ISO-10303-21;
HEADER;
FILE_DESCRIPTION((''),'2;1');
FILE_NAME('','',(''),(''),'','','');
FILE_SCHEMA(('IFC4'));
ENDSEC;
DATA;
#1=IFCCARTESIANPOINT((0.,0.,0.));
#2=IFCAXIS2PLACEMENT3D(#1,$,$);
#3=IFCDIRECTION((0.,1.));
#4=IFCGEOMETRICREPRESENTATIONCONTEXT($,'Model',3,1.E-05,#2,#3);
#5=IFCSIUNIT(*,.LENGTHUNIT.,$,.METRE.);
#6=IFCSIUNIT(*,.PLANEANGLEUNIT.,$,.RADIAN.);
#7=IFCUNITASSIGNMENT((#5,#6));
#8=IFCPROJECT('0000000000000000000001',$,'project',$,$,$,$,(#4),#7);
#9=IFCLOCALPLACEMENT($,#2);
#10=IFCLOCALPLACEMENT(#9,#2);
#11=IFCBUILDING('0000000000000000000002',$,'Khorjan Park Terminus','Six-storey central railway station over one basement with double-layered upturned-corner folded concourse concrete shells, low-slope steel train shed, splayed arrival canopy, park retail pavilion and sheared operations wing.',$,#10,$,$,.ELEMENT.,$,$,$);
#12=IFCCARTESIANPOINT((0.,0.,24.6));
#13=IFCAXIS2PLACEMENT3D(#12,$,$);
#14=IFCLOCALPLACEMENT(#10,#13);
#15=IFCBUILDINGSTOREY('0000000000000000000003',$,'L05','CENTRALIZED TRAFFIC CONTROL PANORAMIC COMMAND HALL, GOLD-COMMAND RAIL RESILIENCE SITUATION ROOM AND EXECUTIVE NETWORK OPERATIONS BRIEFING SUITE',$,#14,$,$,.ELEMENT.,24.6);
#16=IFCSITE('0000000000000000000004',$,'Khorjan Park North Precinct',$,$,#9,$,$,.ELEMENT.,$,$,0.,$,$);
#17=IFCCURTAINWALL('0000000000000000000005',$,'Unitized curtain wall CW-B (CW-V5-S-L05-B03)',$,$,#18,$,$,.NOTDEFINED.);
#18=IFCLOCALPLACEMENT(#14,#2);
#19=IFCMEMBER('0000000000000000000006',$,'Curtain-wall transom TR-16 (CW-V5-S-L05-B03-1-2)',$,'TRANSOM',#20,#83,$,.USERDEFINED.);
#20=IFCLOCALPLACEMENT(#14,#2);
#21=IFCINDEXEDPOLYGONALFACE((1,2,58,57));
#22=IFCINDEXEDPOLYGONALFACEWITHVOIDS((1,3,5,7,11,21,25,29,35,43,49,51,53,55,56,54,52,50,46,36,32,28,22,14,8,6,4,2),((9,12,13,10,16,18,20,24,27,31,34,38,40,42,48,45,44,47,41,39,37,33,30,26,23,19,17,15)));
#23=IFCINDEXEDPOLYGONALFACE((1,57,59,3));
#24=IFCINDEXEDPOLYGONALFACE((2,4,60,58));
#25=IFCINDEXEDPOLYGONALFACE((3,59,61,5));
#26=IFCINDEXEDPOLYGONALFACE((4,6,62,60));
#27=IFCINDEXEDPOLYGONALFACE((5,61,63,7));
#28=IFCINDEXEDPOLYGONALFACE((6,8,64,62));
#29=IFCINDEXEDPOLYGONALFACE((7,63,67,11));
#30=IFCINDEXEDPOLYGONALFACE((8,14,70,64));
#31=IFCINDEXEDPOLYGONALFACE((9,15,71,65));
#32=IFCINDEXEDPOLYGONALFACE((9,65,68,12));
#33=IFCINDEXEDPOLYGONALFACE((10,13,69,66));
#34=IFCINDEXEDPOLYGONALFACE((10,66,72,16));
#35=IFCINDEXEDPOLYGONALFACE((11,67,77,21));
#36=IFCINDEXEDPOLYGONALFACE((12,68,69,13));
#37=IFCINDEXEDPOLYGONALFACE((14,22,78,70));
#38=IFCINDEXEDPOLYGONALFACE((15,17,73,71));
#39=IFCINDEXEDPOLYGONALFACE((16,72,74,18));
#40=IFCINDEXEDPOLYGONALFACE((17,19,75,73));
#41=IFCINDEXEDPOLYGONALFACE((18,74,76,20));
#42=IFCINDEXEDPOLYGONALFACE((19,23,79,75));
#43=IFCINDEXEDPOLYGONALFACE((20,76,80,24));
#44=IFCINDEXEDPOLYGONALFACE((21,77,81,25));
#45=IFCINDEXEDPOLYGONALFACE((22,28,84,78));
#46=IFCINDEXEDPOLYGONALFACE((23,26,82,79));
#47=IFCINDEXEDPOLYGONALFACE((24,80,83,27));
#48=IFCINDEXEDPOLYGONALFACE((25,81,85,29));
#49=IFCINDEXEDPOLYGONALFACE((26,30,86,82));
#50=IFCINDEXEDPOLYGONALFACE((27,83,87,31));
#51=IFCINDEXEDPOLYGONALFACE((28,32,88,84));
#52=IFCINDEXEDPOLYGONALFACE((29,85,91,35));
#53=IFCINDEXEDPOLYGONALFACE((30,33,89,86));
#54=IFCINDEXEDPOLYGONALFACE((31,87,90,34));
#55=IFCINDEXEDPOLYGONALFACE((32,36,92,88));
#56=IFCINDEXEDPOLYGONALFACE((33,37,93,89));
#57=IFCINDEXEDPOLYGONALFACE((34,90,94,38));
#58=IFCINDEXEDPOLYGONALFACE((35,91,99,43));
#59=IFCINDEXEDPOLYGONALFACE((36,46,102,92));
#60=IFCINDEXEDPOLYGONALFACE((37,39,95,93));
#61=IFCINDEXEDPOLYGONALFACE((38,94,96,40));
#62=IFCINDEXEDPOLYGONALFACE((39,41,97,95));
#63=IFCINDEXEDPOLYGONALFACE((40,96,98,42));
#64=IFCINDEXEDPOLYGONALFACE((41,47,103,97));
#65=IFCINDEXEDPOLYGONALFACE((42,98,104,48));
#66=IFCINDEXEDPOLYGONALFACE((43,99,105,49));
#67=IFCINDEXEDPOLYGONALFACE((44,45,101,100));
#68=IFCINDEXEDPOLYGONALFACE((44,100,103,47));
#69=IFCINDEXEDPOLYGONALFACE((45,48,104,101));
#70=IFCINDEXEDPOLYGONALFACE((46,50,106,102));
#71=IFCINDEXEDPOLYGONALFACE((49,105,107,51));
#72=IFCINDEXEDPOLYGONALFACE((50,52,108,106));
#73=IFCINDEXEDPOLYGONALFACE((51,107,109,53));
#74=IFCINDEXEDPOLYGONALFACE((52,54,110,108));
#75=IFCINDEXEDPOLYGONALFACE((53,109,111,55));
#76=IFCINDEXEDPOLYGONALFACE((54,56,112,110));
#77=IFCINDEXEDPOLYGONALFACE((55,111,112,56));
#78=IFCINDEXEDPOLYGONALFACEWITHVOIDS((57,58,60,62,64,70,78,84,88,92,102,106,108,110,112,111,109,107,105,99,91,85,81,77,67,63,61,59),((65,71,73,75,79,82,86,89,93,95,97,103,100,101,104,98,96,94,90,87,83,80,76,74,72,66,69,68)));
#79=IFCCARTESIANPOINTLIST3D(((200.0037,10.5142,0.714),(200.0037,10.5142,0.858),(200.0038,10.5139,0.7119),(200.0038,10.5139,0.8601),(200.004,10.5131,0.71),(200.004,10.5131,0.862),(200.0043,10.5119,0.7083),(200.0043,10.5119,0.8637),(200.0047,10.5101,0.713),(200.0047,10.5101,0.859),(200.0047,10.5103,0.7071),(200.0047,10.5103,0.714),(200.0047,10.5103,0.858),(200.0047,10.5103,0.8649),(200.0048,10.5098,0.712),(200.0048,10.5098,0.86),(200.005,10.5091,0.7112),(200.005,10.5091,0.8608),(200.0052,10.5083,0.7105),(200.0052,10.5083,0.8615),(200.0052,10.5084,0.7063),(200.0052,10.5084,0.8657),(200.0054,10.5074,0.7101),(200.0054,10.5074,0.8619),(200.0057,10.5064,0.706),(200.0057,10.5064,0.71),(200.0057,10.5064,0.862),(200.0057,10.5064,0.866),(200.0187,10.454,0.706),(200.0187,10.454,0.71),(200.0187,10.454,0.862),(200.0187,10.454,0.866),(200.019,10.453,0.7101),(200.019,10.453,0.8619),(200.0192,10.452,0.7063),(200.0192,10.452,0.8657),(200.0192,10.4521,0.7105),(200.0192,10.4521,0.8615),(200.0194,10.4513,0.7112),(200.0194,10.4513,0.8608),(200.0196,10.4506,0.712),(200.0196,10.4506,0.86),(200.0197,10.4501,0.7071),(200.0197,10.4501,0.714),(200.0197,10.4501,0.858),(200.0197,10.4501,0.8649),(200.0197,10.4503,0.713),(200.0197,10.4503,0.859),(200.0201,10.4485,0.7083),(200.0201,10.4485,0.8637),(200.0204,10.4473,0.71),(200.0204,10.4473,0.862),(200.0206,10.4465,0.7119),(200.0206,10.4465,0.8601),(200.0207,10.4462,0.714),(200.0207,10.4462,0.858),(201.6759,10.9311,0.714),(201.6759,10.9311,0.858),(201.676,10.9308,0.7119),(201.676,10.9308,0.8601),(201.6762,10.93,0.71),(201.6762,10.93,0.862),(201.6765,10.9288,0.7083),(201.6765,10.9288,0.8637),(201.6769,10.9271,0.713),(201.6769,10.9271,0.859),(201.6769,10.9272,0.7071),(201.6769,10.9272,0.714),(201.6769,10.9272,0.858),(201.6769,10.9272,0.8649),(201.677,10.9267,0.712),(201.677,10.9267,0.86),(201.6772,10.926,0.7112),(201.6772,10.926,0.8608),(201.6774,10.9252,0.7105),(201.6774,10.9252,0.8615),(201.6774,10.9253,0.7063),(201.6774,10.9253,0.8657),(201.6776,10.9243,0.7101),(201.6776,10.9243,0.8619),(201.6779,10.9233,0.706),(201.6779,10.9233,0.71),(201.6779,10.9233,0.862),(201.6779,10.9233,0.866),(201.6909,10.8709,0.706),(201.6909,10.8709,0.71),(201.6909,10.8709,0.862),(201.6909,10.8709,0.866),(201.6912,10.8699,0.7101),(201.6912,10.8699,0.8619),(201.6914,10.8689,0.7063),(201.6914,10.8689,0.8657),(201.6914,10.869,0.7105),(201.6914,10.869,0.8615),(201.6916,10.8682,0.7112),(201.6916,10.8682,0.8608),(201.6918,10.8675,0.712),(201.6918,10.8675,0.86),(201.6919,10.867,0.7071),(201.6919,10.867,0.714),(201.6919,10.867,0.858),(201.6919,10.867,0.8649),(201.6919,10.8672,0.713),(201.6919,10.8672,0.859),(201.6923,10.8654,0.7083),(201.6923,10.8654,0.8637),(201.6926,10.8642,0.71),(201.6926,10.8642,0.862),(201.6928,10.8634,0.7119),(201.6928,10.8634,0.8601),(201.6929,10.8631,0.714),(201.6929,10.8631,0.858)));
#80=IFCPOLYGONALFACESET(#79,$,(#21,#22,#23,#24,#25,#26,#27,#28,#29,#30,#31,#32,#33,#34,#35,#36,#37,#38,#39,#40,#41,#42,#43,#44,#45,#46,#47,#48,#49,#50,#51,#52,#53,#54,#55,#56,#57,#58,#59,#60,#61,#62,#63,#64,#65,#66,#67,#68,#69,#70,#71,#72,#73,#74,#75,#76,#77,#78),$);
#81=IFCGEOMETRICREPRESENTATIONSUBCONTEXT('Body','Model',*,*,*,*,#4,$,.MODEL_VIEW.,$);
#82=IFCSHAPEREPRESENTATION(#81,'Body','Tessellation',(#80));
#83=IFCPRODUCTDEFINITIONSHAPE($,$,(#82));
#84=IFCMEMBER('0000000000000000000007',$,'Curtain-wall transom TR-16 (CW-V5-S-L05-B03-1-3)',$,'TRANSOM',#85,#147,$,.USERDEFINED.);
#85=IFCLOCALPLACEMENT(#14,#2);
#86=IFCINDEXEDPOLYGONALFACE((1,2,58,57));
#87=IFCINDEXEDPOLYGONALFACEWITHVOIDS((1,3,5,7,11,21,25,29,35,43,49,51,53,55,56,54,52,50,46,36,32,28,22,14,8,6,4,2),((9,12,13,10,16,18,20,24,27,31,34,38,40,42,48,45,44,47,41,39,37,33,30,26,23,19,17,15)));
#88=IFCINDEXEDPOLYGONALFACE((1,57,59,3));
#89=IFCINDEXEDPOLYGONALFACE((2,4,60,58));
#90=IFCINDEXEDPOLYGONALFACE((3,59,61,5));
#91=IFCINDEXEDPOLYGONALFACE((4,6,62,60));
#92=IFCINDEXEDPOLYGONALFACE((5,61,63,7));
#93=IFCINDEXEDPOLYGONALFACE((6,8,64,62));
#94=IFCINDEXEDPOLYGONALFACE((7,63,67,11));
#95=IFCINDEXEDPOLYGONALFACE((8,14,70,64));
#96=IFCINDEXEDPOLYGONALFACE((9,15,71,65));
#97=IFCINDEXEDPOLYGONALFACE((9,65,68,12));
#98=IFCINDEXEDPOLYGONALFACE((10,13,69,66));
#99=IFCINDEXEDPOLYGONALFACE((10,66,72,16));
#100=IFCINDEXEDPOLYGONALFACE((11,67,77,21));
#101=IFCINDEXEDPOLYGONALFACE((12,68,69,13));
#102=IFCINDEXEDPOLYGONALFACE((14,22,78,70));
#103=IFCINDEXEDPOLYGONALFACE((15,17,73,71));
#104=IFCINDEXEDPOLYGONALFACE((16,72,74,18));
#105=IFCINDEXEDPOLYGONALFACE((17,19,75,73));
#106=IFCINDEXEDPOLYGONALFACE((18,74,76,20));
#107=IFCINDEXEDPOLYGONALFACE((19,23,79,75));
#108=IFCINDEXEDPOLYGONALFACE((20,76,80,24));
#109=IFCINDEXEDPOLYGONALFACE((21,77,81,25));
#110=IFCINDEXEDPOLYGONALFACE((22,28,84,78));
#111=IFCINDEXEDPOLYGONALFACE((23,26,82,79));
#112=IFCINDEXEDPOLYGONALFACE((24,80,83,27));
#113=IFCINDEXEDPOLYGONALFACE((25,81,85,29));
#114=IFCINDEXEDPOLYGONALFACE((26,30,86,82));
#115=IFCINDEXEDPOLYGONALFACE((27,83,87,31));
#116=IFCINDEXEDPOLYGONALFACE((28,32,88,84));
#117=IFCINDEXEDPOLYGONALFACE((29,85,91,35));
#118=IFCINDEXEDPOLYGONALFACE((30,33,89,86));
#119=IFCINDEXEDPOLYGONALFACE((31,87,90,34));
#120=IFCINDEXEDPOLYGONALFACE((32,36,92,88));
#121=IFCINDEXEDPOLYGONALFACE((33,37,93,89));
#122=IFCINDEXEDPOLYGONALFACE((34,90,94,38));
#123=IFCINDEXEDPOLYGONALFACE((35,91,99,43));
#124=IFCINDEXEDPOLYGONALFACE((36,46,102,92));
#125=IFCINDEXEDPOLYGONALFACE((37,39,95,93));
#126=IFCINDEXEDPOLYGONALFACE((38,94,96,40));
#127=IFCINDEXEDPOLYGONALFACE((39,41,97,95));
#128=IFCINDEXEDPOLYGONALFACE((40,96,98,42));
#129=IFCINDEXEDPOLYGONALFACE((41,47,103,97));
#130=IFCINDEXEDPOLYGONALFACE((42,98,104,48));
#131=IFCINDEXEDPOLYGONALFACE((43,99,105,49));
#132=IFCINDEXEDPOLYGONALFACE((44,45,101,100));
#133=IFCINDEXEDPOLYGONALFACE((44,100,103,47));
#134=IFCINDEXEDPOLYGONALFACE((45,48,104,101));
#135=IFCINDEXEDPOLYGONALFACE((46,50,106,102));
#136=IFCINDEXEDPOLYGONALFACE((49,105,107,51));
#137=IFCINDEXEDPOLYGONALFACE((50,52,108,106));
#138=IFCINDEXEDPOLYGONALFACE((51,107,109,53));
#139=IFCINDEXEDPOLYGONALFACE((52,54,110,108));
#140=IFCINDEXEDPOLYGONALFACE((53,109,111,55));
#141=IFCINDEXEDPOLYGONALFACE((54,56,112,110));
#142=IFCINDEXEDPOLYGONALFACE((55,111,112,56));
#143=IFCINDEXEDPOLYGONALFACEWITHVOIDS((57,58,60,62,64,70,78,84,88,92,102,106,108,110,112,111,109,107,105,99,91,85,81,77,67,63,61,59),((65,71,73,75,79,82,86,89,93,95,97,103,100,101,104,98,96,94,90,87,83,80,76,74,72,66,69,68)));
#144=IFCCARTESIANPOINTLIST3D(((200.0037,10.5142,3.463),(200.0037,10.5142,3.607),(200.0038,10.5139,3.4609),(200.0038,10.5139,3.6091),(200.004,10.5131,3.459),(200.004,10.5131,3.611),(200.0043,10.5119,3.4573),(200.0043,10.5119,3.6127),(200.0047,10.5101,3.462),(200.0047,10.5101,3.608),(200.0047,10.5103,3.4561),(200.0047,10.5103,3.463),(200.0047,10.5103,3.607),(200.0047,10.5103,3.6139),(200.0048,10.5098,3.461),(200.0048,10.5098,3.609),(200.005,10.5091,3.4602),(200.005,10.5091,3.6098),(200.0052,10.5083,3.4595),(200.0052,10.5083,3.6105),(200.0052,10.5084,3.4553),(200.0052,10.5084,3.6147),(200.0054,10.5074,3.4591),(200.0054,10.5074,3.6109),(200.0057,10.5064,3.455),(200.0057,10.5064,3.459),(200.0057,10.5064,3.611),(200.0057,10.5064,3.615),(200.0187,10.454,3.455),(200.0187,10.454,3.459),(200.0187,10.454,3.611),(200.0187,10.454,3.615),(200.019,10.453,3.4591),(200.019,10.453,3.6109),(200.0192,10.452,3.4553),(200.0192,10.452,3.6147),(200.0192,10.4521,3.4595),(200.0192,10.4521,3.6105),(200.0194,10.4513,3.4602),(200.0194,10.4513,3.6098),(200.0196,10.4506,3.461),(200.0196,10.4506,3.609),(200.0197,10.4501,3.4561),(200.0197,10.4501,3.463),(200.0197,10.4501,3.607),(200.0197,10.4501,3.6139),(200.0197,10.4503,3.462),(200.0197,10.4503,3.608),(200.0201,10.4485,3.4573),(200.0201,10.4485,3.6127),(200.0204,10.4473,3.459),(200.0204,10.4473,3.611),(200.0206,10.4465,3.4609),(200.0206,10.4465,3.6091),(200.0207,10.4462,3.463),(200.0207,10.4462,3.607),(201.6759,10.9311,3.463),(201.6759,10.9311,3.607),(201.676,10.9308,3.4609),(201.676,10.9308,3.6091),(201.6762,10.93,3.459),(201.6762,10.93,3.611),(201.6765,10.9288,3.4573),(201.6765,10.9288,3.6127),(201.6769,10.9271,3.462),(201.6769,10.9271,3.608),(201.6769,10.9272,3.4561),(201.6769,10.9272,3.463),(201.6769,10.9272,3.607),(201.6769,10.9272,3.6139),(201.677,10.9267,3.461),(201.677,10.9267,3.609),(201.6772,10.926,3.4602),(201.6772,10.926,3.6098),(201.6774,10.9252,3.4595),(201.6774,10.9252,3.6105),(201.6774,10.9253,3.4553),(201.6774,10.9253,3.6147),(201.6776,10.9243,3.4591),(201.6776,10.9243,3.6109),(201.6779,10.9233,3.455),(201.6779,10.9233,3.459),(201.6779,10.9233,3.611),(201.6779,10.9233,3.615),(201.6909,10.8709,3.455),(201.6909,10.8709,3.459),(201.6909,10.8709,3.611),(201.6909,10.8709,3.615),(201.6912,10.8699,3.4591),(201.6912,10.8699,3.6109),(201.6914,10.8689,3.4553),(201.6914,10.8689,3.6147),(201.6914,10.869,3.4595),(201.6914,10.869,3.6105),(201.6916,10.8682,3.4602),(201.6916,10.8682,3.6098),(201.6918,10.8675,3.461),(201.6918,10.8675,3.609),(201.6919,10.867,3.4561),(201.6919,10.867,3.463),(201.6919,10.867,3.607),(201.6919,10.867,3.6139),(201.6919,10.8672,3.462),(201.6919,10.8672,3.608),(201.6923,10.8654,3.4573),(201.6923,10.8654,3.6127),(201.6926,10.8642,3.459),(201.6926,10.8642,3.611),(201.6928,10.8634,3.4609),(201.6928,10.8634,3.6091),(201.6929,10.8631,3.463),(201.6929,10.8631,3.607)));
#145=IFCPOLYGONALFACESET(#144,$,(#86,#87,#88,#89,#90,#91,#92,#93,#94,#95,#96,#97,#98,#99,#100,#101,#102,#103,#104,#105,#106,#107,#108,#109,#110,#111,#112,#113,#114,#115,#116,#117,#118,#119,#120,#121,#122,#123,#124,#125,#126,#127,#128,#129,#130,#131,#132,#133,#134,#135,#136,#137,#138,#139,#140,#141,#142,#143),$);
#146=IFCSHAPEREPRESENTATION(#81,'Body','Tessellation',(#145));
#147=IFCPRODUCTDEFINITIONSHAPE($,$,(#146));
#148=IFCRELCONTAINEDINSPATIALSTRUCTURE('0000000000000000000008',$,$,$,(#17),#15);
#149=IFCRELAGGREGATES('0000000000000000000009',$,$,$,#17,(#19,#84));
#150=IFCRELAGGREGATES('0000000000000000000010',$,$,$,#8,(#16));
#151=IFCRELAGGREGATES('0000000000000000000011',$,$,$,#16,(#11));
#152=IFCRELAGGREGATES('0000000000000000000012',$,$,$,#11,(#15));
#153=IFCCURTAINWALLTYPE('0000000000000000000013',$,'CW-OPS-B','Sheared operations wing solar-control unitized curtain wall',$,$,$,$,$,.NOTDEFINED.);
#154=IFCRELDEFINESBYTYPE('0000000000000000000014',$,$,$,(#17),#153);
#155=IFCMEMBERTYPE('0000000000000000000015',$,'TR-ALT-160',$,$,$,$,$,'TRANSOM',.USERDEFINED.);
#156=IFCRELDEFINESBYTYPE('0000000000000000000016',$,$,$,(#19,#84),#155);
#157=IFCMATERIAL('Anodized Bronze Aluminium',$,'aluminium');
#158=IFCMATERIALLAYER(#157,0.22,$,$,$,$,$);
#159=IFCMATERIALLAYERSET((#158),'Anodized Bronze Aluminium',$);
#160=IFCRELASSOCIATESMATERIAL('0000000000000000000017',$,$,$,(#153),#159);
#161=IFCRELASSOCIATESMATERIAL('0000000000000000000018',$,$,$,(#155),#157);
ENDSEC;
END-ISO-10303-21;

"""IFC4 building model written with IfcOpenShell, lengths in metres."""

from ifc_helpers import new_model, si_unit, direction, frame, origin, origin_2d, place, context, subcontext, project, spatial, hollow_rectangle, extrude, material, layer, layer_set, material_profile, profile_set, type_object, element, aggregate, save


model = new_model("IFC4")

# Units and contexts
model_context = context("Model", 3, precision=1e-05, world=origin(), true_north=direction((0.0, 1.0)))
body_context = subcontext(model_context, "Body", "Model", "MODEL_VIEW")
ifc_project = project(units=[si_unit("LENGTHUNIT", "METRE"), si_unit("PLANEANGLEUNIT", "RADIAN")], contexts=[model_context])

# Site, building, storey
site_placement = place(None, origin())
site = spatial("IfcSite", under=ifc_project, at=site_placement, Name="Khorjan Park North Precinct", CompositionType="ELEMENT", RefElevation=0.0)
building_placement = place(site_placement, origin())
building = spatial("IfcBuilding", under=site, at=building_placement, Name="Khorjan Park Terminus", Description="Six-storey central railway station over one basement with double-layered upturned-corner folded concourse concrete shells, low-slope steel train shed, splayed arrival canopy, park retail pavilion and sheared operations wing.", CompositionType="ELEMENT")
storey_placement = place(building_placement, frame((0.0, 0.0, 24.6)))
storey = spatial("IfcBuildingStorey", under=building, at=storey_placement, Name="L05", Description="CENTRALIZED TRAFFIC CONTROL PANORAMIC COMMAND HALL, GOLD-COMMAND RAIL RESILIENCE SITUATION ROOM AND EXECUTIVE NETWORK OPERATIONS BRIEFING SUITE", CompositionType="ELEMENT", Elevation=24.6)

# Curtain wall, members
ifc_material_1 = material(Name="Anodized Bronze Aluminium", Category="aluminium")
ifc_layer_1 = layer(ifc_material_1, 0.22)
ifc_layer_set_1 = layer_set([ifc_layer_1], Name="Anodized Bronze Aluminium")
curtain_wall_type = type_object("IfcCurtainWallType", Name="CW-OPS-B", Description="Sheared operations wing solar-control unitized curtain wall", PredefinedType="NOTDEFINED", material=ifc_layer_set_1)
curtain_wall_placement = place(storey_placement, origin())
curtain_wall = element("IfcCurtainWall", 1, at=curtain_wall_placement, inside=storey, type_object=curtain_wall_type, Name="Unitized curtain wall CW-B (CW-V5-S-L05-B03)", PredefinedType="NOTDEFINED")
ifc_material_profile_1 = material_profile(ifc_material_1, hollow_rectangle(XDim=0.07, YDim=0.16, WallThickness=0.004, InnerFilletRadius=0.004, OuterFilletRadius=0.008, at=origin_2d()), Name="ALT 70x160x4")
ifc_profile_set_1 = profile_set([ifc_material_profile_1], Name="Anodized Bronze Aluminium")
member_type_1 = type_object("IfcMemberType", Name="TR-ALT-160", ElementType="TRANSOM", PredefinedType="USERDEFINED", material=ifc_profile_set_1)
member_1_placement = place(storey_placement, frame((200.0122, 10.4802, 0.786), z_axis=(0.970299, 0.241908, 0.0), x_axis=(-0.241908, 0.970299, 0.0)))
member_1 = element("IfcMember", 2, at=member_1_placement, type_object=member_type_1, Name="Curtain-wall transom TR-16 (CW-V5-S-L05-B03-1-2)", ObjectType="TRANSOM", PredefinedType="USERDEFINED", context=body_context, shape_type="SweptSolid", body=[
    extrude(hollow_rectangle(XDim=0.07, YDim=0.16, WallThickness=0.004, InnerFilletRadius=0.004, OuterFilletRadius=0.008, at=origin_2d()), origin(), (0.0, 0.0, 1.0), 1.7234),
])
member_2_placement = place(storey_placement, frame((200.0122, 10.4802, 3.535), z_axis=(0.970299, 0.241908, 0.0), x_axis=(-0.241908, 0.970299, 0.0)))
member_2 = element("IfcMember", 3, at=member_2_placement, type_object=member_type_1, Name="Curtain-wall transom TR-16 (CW-V5-S-L05-B03-1-3)", ObjectType="TRANSOM", PredefinedType="USERDEFINED", context=body_context, shape_type="SweptSolid", body=[
    extrude(hollow_rectangle(XDim=0.07, YDim=0.16, WallThickness=0.004, InnerFilletRadius=0.004, OuterFilletRadius=0.008, at=origin_2d()), origin(), (0.0, 0.0, 1.0), 1.7234),
])
aggregate(curtain_wall, [member_1, member_2])

save(model, "model.ifc")
